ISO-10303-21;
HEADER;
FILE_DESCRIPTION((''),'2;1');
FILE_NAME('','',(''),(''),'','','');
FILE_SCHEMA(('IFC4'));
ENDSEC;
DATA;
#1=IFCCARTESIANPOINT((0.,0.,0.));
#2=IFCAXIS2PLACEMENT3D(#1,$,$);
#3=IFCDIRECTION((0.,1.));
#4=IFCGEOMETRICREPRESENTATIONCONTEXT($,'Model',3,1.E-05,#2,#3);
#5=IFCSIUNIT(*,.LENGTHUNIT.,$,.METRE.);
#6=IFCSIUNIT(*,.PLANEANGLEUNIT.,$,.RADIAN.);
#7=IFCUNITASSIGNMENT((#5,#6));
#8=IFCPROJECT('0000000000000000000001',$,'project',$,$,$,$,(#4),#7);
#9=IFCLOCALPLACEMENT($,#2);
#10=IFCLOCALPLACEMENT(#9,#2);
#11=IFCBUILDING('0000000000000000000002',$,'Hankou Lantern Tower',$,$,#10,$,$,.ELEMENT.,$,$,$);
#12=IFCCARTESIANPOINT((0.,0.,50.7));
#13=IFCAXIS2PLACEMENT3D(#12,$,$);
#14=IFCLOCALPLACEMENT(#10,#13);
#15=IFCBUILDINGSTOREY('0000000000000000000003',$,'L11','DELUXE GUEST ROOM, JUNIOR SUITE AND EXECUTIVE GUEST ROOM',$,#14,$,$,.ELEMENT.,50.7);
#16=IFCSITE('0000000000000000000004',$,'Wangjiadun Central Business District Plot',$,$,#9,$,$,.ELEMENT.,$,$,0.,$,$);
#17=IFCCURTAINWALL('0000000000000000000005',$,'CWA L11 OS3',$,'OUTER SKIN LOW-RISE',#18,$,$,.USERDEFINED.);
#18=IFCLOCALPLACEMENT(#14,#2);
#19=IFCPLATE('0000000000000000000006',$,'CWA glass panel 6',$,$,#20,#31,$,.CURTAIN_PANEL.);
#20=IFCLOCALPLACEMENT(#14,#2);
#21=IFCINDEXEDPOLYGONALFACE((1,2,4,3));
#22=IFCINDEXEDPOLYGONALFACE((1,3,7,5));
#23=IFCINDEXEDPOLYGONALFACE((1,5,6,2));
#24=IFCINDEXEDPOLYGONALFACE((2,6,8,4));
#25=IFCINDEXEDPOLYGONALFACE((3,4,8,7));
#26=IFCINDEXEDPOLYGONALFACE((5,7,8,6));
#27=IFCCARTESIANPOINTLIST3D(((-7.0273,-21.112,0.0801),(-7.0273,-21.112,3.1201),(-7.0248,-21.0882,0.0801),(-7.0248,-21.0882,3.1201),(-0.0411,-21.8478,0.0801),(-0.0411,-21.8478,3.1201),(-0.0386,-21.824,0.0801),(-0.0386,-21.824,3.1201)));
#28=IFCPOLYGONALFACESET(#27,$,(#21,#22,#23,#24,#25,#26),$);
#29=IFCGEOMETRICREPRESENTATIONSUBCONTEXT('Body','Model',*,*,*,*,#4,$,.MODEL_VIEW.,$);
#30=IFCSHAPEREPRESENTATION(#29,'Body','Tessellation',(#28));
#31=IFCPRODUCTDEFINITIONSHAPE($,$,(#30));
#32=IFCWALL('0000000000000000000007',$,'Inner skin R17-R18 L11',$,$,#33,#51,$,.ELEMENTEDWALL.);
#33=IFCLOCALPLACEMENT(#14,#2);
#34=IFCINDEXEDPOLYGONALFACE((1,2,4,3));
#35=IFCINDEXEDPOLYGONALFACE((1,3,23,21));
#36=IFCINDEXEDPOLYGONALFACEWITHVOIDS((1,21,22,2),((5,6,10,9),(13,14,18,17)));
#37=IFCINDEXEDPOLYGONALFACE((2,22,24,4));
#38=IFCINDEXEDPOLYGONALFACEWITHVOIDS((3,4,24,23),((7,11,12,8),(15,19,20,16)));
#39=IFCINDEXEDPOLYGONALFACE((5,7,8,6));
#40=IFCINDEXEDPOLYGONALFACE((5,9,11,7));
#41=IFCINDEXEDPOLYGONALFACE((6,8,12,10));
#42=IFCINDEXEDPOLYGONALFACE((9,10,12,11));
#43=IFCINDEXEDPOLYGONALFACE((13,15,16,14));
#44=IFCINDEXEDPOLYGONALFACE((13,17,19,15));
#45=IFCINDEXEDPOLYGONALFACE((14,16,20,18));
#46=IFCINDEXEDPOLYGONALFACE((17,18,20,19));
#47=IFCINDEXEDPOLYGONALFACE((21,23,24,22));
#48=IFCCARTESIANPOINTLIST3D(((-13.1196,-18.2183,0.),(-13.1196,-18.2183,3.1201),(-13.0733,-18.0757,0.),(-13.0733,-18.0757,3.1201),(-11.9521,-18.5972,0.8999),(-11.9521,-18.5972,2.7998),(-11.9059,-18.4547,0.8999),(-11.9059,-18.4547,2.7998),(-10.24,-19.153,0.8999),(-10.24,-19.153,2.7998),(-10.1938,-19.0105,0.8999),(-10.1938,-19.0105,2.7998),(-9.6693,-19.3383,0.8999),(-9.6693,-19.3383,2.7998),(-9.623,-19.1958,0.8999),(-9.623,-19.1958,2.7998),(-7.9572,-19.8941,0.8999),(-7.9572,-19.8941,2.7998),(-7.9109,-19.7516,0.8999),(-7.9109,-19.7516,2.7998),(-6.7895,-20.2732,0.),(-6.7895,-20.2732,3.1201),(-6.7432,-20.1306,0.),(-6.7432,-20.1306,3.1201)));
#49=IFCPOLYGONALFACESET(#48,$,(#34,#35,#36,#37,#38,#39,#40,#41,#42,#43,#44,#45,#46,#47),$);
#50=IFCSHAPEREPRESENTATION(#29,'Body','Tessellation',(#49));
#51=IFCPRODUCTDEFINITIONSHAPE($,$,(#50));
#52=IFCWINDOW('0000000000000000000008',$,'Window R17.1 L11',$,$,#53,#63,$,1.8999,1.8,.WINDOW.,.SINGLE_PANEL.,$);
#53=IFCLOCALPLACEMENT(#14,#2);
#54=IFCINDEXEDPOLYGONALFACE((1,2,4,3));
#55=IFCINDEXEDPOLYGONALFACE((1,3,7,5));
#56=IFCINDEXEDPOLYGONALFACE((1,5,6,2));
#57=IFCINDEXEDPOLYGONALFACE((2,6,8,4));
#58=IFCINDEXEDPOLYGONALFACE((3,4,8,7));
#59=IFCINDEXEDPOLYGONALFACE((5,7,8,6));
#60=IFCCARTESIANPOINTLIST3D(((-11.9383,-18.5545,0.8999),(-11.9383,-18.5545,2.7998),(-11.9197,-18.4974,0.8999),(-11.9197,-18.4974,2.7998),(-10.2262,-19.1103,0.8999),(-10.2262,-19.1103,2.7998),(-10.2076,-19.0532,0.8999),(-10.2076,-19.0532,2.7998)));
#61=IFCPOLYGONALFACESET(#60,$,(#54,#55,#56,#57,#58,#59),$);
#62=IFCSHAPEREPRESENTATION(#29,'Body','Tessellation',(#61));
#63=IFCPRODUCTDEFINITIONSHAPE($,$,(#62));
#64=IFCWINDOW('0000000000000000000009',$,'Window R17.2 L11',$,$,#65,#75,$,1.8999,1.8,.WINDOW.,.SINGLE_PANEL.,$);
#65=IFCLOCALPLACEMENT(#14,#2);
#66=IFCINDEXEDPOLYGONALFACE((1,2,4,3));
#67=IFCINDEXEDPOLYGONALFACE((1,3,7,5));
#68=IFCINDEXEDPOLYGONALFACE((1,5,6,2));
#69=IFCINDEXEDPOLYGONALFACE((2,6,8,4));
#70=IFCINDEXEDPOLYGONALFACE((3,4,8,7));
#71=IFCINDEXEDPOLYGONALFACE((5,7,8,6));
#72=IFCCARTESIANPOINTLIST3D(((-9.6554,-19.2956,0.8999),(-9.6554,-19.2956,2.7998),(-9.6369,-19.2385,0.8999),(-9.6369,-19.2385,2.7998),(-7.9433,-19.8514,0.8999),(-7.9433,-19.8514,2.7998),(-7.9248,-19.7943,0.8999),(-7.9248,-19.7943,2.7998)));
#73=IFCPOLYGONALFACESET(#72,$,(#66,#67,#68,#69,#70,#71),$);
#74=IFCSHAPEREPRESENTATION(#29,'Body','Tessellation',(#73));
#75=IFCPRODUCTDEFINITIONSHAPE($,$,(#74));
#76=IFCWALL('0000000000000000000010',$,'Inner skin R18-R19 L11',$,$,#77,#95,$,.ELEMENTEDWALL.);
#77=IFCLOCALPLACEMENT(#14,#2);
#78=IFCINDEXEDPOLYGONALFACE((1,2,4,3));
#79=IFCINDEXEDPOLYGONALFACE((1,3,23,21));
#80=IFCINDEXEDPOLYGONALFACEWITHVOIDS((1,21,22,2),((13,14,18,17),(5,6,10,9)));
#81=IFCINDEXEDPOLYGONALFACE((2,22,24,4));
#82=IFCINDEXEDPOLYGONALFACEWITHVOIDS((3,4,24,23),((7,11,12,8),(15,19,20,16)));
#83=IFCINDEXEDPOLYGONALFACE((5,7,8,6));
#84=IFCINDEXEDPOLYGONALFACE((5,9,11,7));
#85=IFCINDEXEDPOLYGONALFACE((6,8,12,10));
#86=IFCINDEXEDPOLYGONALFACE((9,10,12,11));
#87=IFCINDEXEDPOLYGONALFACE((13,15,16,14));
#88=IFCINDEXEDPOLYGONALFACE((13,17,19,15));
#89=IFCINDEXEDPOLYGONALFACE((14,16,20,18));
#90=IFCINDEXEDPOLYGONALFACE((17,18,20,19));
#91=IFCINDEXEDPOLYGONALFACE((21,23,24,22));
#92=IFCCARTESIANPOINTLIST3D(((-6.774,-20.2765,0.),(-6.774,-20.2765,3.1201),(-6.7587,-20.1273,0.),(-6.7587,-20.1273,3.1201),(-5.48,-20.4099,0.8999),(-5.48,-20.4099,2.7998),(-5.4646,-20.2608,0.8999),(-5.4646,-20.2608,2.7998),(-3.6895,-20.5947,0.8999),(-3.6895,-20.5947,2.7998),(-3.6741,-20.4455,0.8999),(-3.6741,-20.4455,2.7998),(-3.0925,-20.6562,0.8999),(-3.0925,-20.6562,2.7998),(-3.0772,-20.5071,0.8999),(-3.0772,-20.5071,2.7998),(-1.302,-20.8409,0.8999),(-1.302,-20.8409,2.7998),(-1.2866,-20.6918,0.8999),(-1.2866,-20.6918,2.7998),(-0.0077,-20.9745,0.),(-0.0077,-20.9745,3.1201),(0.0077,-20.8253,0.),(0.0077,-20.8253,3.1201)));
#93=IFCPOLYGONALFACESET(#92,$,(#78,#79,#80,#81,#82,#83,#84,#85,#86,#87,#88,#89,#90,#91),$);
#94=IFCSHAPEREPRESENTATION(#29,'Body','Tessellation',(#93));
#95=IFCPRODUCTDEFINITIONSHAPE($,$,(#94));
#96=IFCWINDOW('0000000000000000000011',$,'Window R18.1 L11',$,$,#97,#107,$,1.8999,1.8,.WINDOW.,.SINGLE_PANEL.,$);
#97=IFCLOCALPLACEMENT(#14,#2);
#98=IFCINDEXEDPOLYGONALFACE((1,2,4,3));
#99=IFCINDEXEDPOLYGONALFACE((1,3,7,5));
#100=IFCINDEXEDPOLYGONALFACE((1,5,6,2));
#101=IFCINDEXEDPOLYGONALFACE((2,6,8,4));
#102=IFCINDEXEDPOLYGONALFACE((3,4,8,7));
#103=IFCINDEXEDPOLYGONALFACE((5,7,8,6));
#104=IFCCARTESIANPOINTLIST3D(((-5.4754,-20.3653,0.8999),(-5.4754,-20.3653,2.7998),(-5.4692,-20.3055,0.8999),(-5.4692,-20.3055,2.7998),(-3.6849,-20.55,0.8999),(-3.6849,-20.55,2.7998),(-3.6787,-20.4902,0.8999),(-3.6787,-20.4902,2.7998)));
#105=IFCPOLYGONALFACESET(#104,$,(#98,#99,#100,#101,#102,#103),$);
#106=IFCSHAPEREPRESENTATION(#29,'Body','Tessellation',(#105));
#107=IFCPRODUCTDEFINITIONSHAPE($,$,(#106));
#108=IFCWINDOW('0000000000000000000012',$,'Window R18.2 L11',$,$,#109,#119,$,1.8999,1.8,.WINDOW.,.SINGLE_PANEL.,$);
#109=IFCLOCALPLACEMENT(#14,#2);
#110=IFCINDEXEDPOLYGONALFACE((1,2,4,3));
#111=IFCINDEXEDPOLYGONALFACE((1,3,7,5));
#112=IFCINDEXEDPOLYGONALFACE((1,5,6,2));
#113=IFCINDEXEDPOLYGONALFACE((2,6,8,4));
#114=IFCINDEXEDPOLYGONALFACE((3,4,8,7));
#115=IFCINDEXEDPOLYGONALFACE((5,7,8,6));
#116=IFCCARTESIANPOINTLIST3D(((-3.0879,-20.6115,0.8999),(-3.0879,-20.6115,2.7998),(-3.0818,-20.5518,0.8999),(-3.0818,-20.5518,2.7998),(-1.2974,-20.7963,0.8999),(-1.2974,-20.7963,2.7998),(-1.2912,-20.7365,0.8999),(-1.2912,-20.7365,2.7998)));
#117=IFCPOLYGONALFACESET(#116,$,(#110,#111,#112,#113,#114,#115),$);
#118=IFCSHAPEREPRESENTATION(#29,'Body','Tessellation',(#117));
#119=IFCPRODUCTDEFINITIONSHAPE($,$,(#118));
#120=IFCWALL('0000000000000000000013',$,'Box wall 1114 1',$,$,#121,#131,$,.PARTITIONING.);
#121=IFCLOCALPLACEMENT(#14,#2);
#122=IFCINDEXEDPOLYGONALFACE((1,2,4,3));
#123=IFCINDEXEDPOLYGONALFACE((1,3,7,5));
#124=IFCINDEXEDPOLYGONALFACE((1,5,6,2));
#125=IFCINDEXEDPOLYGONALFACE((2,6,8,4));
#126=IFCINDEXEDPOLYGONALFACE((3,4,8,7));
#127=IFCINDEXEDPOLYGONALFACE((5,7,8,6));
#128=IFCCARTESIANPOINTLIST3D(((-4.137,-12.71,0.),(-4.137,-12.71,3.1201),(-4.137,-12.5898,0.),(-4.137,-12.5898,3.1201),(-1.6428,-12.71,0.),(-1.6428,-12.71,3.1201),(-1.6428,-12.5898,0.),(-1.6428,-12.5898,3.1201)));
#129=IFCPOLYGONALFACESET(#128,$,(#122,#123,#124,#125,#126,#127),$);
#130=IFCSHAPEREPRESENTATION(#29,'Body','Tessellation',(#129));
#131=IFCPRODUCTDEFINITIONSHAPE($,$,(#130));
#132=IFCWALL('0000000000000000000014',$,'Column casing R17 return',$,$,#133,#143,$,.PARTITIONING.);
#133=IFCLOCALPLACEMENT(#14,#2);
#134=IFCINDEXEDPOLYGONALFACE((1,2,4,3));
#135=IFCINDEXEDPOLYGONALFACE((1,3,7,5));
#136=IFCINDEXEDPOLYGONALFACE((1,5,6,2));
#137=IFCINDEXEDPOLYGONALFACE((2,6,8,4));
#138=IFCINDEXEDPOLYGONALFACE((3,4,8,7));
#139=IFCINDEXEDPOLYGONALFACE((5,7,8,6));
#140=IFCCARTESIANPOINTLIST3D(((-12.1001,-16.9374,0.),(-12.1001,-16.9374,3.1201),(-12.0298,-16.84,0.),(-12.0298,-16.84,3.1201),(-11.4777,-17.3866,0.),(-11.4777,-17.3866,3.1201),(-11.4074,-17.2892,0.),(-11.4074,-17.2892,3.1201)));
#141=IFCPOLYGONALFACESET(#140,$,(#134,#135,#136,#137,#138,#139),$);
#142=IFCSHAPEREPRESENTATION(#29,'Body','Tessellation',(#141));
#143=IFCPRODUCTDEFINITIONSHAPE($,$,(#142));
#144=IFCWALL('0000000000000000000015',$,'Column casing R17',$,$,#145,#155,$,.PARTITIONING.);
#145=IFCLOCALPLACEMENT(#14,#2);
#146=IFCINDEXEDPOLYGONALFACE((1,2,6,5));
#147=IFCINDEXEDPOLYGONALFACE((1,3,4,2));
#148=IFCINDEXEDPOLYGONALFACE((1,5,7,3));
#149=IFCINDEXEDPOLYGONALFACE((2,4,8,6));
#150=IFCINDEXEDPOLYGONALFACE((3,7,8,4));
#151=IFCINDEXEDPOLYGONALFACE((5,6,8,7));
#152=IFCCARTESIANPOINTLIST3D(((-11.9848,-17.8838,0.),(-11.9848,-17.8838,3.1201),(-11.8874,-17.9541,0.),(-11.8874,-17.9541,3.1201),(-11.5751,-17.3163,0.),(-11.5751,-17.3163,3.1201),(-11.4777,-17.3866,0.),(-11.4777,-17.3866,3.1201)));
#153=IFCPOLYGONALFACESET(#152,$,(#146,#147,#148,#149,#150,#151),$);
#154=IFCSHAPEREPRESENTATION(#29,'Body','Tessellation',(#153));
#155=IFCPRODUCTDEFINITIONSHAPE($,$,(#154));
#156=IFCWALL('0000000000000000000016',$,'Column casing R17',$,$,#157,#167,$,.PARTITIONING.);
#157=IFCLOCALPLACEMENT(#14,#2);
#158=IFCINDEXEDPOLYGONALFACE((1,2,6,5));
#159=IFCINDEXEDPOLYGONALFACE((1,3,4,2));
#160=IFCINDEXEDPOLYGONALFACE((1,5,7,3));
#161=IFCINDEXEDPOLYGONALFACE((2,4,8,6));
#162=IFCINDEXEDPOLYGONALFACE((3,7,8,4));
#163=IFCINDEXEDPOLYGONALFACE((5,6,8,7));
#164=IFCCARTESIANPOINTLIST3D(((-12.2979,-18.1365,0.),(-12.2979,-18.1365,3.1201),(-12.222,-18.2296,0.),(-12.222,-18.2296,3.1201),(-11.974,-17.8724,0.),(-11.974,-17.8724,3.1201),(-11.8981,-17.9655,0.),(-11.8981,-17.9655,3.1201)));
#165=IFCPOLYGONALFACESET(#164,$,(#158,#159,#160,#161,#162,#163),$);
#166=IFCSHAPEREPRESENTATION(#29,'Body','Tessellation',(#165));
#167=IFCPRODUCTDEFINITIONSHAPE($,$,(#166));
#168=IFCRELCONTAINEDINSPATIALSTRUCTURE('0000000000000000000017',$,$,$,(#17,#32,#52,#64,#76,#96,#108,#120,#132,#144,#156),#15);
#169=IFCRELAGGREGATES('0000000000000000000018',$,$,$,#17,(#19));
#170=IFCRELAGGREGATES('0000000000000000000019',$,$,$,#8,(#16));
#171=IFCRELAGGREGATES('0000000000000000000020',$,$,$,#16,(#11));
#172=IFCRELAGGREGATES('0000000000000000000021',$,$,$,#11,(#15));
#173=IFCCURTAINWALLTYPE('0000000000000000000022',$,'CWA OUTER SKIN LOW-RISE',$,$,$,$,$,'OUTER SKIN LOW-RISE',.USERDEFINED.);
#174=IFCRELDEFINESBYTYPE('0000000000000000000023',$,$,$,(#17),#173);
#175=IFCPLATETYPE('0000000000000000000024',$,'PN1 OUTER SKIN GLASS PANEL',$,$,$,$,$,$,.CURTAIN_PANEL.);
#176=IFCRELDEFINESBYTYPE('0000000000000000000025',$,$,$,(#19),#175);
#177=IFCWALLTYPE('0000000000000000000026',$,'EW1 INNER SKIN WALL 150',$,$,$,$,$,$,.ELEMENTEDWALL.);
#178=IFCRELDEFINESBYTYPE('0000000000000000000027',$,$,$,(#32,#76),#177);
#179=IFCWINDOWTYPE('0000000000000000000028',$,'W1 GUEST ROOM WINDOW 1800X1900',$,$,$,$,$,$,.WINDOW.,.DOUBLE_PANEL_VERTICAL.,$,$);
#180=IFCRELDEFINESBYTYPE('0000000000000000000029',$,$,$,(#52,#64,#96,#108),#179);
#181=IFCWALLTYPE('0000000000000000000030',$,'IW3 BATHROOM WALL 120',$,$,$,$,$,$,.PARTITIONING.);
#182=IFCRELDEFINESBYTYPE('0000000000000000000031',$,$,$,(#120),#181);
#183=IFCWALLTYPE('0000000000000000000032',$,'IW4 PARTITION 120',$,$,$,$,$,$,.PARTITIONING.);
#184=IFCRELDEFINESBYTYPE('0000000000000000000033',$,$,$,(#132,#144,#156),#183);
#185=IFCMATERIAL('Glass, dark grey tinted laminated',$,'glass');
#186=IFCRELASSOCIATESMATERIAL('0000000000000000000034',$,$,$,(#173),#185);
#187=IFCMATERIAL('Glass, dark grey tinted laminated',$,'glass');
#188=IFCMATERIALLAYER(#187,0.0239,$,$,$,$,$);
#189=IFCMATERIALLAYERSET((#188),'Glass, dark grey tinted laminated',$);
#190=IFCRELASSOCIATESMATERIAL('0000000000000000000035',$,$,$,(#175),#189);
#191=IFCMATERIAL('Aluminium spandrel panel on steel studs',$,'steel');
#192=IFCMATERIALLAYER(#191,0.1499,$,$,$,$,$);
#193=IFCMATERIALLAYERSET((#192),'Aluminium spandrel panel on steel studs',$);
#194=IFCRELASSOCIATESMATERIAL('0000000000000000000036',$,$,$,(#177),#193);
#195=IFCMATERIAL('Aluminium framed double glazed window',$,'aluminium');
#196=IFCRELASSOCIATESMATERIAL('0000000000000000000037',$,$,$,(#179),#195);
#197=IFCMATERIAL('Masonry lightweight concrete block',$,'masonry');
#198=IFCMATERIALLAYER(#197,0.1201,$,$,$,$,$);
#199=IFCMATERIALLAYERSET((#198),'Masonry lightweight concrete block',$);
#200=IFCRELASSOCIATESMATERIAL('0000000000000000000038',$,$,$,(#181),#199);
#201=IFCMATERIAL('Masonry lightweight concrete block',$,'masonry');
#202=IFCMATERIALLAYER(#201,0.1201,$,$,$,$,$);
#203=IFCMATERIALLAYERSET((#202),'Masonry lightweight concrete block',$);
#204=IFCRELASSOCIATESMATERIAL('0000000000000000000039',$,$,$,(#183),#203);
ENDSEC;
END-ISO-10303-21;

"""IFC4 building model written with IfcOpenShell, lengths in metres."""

from ifc_helpers import new_model, si_unit, direction, frame, frame_2d, origin, origin_2d, place, context, subcontext, project, spatial, rectangle, extrude, material, layer, layer_set, type_object, element, fill, aggregate, save


model = new_model("IFC4")

# Units and contexts
model_context = context("Model", 3, precision=1e-05, world=origin(), true_north=direction((0.0, 1.0)))
body_context = subcontext(model_context, "Body", "Model", "MODEL_VIEW")
ifc_project = project(units=[si_unit("LENGTHUNIT", "METRE"), si_unit("PLANEANGLEUNIT", "RADIAN")], contexts=[model_context])

# Site, building, storey
site_placement = place(None, origin())
site = spatial("IfcSite", under=ifc_project, at=site_placement, Name="Wangjiadun Central Business District Plot", CompositionType="ELEMENT", RefElevation=0.0)
building_placement = place(site_placement, origin())
building = spatial("IfcBuilding", under=site, at=building_placement, Name="Hankou Lantern Tower", CompositionType="ELEMENT")
storey_placement = place(building_placement, frame((0.0, 0.0, 50.7)))
storey = spatial("IfcBuildingStorey", under=building, at=storey_placement, Name="L11", Description="DELUXE GUEST ROOM, JUNIOR SUITE AND EXECUTIVE GUEST ROOM", CompositionType="ELEMENT", Elevation=50.7)

# Curtain wall
ifc_material_1 = material(Name="Glass, dark grey tinted laminated", Category="glass")
curtain_wall_type = type_object("IfcCurtainWallType", Name="CWA OUTER SKIN LOW-RISE", ElementType="OUTER SKIN LOW-RISE", PredefinedType="USERDEFINED", material=ifc_material_1)
curtain_wall_placement = place(storey_placement, origin())
curtain_wall = element("IfcCurtainWall", 1, at=curtain_wall_placement, inside=storey, type_object=curtain_wall_type, Name="CWA L11 OS3", ObjectType="OUTER SKIN LOW-RISE", PredefinedType="USERDEFINED")

# Plate
ifc_material_2 = material(Name="Glass, dark grey tinted laminated", Category="glass")
ifc_layer_1 = layer(ifc_material_2, 0.0239)
ifc_layer_set_1 = layer_set([ifc_layer_1], Name="Glass, dark grey tinted laminated")
plate_type = type_object("IfcPlateType", Name="PN1 OUTER SKIN GLASS PANEL", PredefinedType="CURTAIN_PANEL", material=ifc_layer_set_1)
plate_1_placement = place(storey_placement, frame((-3.533, -21.468, 0.0801), z_axis=(0.0, 0.0, 1.0), x_axis=(0.994499, -0.104743, 0.0)))
plate_1 = element("IfcPlate", 2, at=plate_1_placement, type_object=plate_type, Name="CWA glass panel 6", PredefinedType="CURTAIN_PANEL", context=body_context, shape_type="SweptSolid", body=[
    extrude(rectangle(XDim=7.0249, YDim=0.0239, at=origin_2d()), origin(), (0.0, 0.0, 1.0), 3.04),
])
aggregate(curtain_wall, [plate_1])

# Walls, openings, windows
ifc_material_3 = material(Name="Aluminium spandrel panel on steel studs", Category="steel")
ifc_layer_2 = layer(ifc_material_3, 0.1499)
ifc_layer_set_2 = layer_set([ifc_layer_2], Name="Aluminium spandrel panel on steel studs")
wall_type_1 = type_object("IfcWallType", Name="EW1 INNER SKIN WALL 150", PredefinedType="ELEMENTEDWALL", material=ifc_layer_set_2)
wall_1_placement = place(storey_placement, frame((-13.0964, -18.147, 0.0), z_axis=(0.0, 0.0, 1.0), x_axis=(0.951138, -0.308768, 0.0)))
wall_1 = element("IfcWall", 3, at=wall_1_placement, inside=storey, type_object=wall_type_1, Name="Inner skin R17-R18 L11", PredefinedType="ELEMENTEDWALL", context=body_context, shape_type="SweptSolid", body=[
    extrude(rectangle(XDim=6.6553, YDim=0.1499, at=frame_2d((3.3276, 0.0))), origin(), (0.0, 0.0, 1.0), 3.1201),
])
opening_1_placement = place(wall_1_placement, frame((1.2275, 0.0, 0.8999)))
opening_1 = element("IfcOpeningElement", 4, at=opening_1_placement, cuts=wall_1, PredefinedType="OPENING", context=body_context, shape_type="SweptSolid", body=[
    extrude(rectangle(XDim=1.8, YDim=1.8999, at=frame_2d((0.8999, 0.95))), frame((0.0, 0.085, 0.0), z_axis=(0.0, -1.0, 0.0), x_axis=(1.0, 0.0, 0.0)), (0.0, 0.0, 1.0), 0.1699),
])
opening_2_placement = place(wall_1_placement, frame((3.6277, 0.0, 0.8999)))
opening_2 = element("IfcOpeningElement", 5, at=opening_2_placement, cuts=wall_1, PredefinedType="OPENING", context=body_context, shape_type="SweptSolid", body=[
    extrude(rectangle(XDim=1.8, YDim=1.8999, at=frame_2d((0.8999, 0.95))), frame((0.0, 0.085, 0.0), z_axis=(0.0, -1.0, 0.0), x_axis=(1.0, 0.0, 0.0)), (0.0, 0.0, 1.0), 0.1699),
])
ifc_material_4 = material(Name="Aluminium framed double glazed window", Category="aluminium")
window_type = type_object("IfcWindowType", Name="W1 GUEST ROOM WINDOW 1800X1900", PartitioningType="DOUBLE_PANEL_VERTICAL", PredefinedType="WINDOW", material=ifc_material_4)
window_1_placement = place(opening_1_placement, origin())
window_1 = element("IfcWindow", 6, at=window_1_placement, inside=storey, type_object=window_type, Name="Window R17.1 L11", OverallHeight=1.8999, OverallWidth=1.8, PartitioningType="SINGLE_PANEL", PredefinedType="WINDOW", context=body_context, shape_type="SweptSolid", body=[
    extrude(rectangle(XDim=1.8, YDim=1.8999, at=frame_2d((0.8999, 0.95))), frame((0.0, 0.03, 0.0), z_axis=(0.0, -1.0, 0.0), x_axis=(1.0, 0.0, 0.0)), (0.0, 0.0, 1.0), 0.0601),
])
fill(opening_1, window_1)
window_2_placement = place(opening_2_placement, origin())
window_2 = element("IfcWindow", 7, at=window_2_placement, inside=storey, type_object=window_type, Name="Window R17.2 L11", OverallHeight=1.8999, OverallWidth=1.8, PartitioningType="SINGLE_PANEL", PredefinedType="WINDOW", context=body_context, shape_type="SweptSolid", body=[
    extrude(rectangle(XDim=1.8, YDim=1.8999, at=frame_2d((0.8999, 0.95))), frame((0.0, 0.03, 0.0), z_axis=(0.0, -1.0, 0.0), x_axis=(1.0, 0.0, 0.0)), (0.0, 0.0, 1.0), 0.0601),
])
fill(opening_2, window_2)
wall_2_placement = place(storey_placement, frame((-6.7664, -20.2019, 0.0), z_axis=(0.0, 0.0, 1.0), x_axis=(0.994721, -0.102613, 0.0)))
wall_2 = element("IfcWall", 8, at=wall_2_placement, inside=storey, type_object=wall_type_1, Name="Inner skin R18-R19 L11", PredefinedType="ELEMENTEDWALL", context=body_context, shape_type="SweptSolid", body=[
    extrude(rectangle(XDim=6.8022, YDim=0.1499, at=frame_2d((3.4011, 0.0))), origin(), (0.0, 0.0, 1.0), 3.1201),
])
opening_3_placement = place(wall_2_placement, frame((1.301, 0.0, 0.8999)))
opening_3 = element("IfcOpeningElement", 9, at=opening_3_placement, cuts=wall_2, PredefinedType="OPENING", context=body_context, shape_type="SweptSolid", body=[
    extrude(rectangle(XDim=1.8, YDim=1.8999, at=frame_2d((0.8999, 0.95))), frame((0.0, 0.085, 0.0), z_axis=(0.0, -1.0, 0.0), x_axis=(1.0, 0.0, 0.0)), (0.0, 0.0, 1.0), 0.1699),
])
opening_4_placement = place(wall_2_placement, frame((3.7012, 0.0, 0.8999)))
opening_4 = element("IfcOpeningElement", 10, at=opening_4_placement, cuts=wall_2, PredefinedType="OPENING", context=body_context, shape_type="SweptSolid", body=[
    extrude(rectangle(XDim=1.8, YDim=1.8999, at=frame_2d((0.8999, 0.95))), frame((0.0, 0.085, 0.0), z_axis=(0.0, -1.0, 0.0), x_axis=(1.0, 0.0, 0.0)), (0.0, 0.0, 1.0), 0.1699),
])
window_3_placement = place(opening_3_placement, origin())
window_3 = element("IfcWindow", 11, at=window_3_placement, inside=storey, type_object=window_type, Name="Window R18.1 L11", OverallHeight=1.8999, OverallWidth=1.8, PartitioningType="SINGLE_PANEL", PredefinedType="WINDOW", context=body_context, shape_type="SweptSolid", body=[
    extrude(rectangle(XDim=1.8, YDim=1.8999, at=frame_2d((0.8999, 0.95))), frame((0.0, 0.03, 0.0), z_axis=(0.0, -1.0, 0.0), x_axis=(1.0, 0.0, 0.0)), (0.0, 0.0, 1.0), 0.0601),
])
fill(opening_3, window_3)
window_4_placement = place(opening_4_placement, origin())
window_4 = element("IfcWindow", 12, at=window_4_placement, inside=storey, type_object=window_type, Name="Window R18.2 L11", OverallHeight=1.8999, OverallWidth=1.8, PartitioningType="SINGLE_PANEL", PredefinedType="WINDOW", context=body_context, shape_type="SweptSolid", body=[
    extrude(rectangle(XDim=1.8, YDim=1.8999, at=frame_2d((0.8999, 0.95))), frame((0.0, 0.03, 0.0), z_axis=(0.0, -1.0, 0.0), x_axis=(1.0, 0.0, 0.0)), (0.0, 0.0, 1.0), 0.0601),
])
fill(opening_4, window_4)

# Walls
ifc_material_5 = material(Name="Masonry lightweight concrete block", Category="masonry")
ifc_layer_3 = layer(ifc_material_5, 0.1201)
ifc_layer_set_3 = layer_set([ifc_layer_3], Name="Masonry lightweight concrete block")
wall_type_2 = type_object("IfcWallType", Name="IW3 BATHROOM WALL 120", PredefinedType="PARTITIONING", material=ifc_layer_set_3)
wall_3_placement = place(storey_placement, frame((-4.137, -12.6499, 0.0), z_axis=(0.0, 0.0, 1.0), x_axis=(1.0, 0.0, 0.0)))
element("IfcWall", 13, at=wall_3_placement, inside=storey, type_object=wall_type_2, Name="Box wall 1114 1", PredefinedType="PARTITIONING", context=body_context, shape_type="SweptSolid", body=[
    extrude(rectangle(XDim=2.4941, YDim=0.1201, at=frame_2d((1.2471, 0.0))), origin(), (0.0, 0.0, 1.0), 3.1201),
])
ifc_material_6 = material(Name="Masonry lightweight concrete block", Category="masonry")
ifc_layer_4 = layer(ifc_material_6, 0.1201)
ifc_layer_set_4 = layer_set([ifc_layer_4], Name="Masonry lightweight concrete block")
wall_type_3 = type_object("IfcWallType", Name="IW4 PARTITION 120", PredefinedType="PARTITIONING", material=ifc_layer_set_4)
wall_4_placement = place(storey_placement, frame((-12.0649, -16.8887, 0.0), z_axis=(0.0, 0.0, 1.0), x_axis=(0.810822, -0.585293, 0.0)))
element("IfcWall", 14, at=wall_4_placement, inside=storey, type_object=wall_type_3, Name="Column casing R17 return", PredefinedType="PARTITIONING", context=body_context, shape_type="SweptSolid", body=[
    extrude(rectangle(XDim=0.7676, YDim=0.1201, at=frame_2d((0.3838, 0.0))), origin(), (0.0, 0.0, 1.0), 3.1201),
])
wall_5_placement = place(storey_placement, frame((-11.5264, -17.3513, 0.0), z_axis=(0.0, 0.0, 1.0), x_axis=(-0.585223, -0.810872, 0.0)))
element("IfcWall", 15, at=wall_5_placement, inside=storey, type_object=wall_type_3, Name="Column casing R17", PredefinedType="PARTITIONING", context=body_context, shape_type="SweptSolid", body=[
    extrude(rectangle(XDim=0.7, YDim=0.1201, at=frame_2d((0.3501, 0.0))), origin(), (0.0, 0.0, 1.0), 3.1201),
])
wall_6_placement = place(storey_placement, frame((-11.936, -17.9189, 0.0), z_axis=(0.0, 0.0, 1.0), x_axis=(-0.775023, -0.631933, 0.0)))
element("IfcWall", 16, at=wall_6_placement, inside=storey, type_object=wall_type_3, Name="Column casing R17", PredefinedType="PARTITIONING", context=body_context, shape_type="SweptSolid", body=[
    extrude(rectangle(XDim=0.418, YDim=0.1201, at=frame_2d((0.209, 0.0))), origin(), (0.0, 0.0, 1.0), 3.1201),
])

save(model, "model.ifc")
